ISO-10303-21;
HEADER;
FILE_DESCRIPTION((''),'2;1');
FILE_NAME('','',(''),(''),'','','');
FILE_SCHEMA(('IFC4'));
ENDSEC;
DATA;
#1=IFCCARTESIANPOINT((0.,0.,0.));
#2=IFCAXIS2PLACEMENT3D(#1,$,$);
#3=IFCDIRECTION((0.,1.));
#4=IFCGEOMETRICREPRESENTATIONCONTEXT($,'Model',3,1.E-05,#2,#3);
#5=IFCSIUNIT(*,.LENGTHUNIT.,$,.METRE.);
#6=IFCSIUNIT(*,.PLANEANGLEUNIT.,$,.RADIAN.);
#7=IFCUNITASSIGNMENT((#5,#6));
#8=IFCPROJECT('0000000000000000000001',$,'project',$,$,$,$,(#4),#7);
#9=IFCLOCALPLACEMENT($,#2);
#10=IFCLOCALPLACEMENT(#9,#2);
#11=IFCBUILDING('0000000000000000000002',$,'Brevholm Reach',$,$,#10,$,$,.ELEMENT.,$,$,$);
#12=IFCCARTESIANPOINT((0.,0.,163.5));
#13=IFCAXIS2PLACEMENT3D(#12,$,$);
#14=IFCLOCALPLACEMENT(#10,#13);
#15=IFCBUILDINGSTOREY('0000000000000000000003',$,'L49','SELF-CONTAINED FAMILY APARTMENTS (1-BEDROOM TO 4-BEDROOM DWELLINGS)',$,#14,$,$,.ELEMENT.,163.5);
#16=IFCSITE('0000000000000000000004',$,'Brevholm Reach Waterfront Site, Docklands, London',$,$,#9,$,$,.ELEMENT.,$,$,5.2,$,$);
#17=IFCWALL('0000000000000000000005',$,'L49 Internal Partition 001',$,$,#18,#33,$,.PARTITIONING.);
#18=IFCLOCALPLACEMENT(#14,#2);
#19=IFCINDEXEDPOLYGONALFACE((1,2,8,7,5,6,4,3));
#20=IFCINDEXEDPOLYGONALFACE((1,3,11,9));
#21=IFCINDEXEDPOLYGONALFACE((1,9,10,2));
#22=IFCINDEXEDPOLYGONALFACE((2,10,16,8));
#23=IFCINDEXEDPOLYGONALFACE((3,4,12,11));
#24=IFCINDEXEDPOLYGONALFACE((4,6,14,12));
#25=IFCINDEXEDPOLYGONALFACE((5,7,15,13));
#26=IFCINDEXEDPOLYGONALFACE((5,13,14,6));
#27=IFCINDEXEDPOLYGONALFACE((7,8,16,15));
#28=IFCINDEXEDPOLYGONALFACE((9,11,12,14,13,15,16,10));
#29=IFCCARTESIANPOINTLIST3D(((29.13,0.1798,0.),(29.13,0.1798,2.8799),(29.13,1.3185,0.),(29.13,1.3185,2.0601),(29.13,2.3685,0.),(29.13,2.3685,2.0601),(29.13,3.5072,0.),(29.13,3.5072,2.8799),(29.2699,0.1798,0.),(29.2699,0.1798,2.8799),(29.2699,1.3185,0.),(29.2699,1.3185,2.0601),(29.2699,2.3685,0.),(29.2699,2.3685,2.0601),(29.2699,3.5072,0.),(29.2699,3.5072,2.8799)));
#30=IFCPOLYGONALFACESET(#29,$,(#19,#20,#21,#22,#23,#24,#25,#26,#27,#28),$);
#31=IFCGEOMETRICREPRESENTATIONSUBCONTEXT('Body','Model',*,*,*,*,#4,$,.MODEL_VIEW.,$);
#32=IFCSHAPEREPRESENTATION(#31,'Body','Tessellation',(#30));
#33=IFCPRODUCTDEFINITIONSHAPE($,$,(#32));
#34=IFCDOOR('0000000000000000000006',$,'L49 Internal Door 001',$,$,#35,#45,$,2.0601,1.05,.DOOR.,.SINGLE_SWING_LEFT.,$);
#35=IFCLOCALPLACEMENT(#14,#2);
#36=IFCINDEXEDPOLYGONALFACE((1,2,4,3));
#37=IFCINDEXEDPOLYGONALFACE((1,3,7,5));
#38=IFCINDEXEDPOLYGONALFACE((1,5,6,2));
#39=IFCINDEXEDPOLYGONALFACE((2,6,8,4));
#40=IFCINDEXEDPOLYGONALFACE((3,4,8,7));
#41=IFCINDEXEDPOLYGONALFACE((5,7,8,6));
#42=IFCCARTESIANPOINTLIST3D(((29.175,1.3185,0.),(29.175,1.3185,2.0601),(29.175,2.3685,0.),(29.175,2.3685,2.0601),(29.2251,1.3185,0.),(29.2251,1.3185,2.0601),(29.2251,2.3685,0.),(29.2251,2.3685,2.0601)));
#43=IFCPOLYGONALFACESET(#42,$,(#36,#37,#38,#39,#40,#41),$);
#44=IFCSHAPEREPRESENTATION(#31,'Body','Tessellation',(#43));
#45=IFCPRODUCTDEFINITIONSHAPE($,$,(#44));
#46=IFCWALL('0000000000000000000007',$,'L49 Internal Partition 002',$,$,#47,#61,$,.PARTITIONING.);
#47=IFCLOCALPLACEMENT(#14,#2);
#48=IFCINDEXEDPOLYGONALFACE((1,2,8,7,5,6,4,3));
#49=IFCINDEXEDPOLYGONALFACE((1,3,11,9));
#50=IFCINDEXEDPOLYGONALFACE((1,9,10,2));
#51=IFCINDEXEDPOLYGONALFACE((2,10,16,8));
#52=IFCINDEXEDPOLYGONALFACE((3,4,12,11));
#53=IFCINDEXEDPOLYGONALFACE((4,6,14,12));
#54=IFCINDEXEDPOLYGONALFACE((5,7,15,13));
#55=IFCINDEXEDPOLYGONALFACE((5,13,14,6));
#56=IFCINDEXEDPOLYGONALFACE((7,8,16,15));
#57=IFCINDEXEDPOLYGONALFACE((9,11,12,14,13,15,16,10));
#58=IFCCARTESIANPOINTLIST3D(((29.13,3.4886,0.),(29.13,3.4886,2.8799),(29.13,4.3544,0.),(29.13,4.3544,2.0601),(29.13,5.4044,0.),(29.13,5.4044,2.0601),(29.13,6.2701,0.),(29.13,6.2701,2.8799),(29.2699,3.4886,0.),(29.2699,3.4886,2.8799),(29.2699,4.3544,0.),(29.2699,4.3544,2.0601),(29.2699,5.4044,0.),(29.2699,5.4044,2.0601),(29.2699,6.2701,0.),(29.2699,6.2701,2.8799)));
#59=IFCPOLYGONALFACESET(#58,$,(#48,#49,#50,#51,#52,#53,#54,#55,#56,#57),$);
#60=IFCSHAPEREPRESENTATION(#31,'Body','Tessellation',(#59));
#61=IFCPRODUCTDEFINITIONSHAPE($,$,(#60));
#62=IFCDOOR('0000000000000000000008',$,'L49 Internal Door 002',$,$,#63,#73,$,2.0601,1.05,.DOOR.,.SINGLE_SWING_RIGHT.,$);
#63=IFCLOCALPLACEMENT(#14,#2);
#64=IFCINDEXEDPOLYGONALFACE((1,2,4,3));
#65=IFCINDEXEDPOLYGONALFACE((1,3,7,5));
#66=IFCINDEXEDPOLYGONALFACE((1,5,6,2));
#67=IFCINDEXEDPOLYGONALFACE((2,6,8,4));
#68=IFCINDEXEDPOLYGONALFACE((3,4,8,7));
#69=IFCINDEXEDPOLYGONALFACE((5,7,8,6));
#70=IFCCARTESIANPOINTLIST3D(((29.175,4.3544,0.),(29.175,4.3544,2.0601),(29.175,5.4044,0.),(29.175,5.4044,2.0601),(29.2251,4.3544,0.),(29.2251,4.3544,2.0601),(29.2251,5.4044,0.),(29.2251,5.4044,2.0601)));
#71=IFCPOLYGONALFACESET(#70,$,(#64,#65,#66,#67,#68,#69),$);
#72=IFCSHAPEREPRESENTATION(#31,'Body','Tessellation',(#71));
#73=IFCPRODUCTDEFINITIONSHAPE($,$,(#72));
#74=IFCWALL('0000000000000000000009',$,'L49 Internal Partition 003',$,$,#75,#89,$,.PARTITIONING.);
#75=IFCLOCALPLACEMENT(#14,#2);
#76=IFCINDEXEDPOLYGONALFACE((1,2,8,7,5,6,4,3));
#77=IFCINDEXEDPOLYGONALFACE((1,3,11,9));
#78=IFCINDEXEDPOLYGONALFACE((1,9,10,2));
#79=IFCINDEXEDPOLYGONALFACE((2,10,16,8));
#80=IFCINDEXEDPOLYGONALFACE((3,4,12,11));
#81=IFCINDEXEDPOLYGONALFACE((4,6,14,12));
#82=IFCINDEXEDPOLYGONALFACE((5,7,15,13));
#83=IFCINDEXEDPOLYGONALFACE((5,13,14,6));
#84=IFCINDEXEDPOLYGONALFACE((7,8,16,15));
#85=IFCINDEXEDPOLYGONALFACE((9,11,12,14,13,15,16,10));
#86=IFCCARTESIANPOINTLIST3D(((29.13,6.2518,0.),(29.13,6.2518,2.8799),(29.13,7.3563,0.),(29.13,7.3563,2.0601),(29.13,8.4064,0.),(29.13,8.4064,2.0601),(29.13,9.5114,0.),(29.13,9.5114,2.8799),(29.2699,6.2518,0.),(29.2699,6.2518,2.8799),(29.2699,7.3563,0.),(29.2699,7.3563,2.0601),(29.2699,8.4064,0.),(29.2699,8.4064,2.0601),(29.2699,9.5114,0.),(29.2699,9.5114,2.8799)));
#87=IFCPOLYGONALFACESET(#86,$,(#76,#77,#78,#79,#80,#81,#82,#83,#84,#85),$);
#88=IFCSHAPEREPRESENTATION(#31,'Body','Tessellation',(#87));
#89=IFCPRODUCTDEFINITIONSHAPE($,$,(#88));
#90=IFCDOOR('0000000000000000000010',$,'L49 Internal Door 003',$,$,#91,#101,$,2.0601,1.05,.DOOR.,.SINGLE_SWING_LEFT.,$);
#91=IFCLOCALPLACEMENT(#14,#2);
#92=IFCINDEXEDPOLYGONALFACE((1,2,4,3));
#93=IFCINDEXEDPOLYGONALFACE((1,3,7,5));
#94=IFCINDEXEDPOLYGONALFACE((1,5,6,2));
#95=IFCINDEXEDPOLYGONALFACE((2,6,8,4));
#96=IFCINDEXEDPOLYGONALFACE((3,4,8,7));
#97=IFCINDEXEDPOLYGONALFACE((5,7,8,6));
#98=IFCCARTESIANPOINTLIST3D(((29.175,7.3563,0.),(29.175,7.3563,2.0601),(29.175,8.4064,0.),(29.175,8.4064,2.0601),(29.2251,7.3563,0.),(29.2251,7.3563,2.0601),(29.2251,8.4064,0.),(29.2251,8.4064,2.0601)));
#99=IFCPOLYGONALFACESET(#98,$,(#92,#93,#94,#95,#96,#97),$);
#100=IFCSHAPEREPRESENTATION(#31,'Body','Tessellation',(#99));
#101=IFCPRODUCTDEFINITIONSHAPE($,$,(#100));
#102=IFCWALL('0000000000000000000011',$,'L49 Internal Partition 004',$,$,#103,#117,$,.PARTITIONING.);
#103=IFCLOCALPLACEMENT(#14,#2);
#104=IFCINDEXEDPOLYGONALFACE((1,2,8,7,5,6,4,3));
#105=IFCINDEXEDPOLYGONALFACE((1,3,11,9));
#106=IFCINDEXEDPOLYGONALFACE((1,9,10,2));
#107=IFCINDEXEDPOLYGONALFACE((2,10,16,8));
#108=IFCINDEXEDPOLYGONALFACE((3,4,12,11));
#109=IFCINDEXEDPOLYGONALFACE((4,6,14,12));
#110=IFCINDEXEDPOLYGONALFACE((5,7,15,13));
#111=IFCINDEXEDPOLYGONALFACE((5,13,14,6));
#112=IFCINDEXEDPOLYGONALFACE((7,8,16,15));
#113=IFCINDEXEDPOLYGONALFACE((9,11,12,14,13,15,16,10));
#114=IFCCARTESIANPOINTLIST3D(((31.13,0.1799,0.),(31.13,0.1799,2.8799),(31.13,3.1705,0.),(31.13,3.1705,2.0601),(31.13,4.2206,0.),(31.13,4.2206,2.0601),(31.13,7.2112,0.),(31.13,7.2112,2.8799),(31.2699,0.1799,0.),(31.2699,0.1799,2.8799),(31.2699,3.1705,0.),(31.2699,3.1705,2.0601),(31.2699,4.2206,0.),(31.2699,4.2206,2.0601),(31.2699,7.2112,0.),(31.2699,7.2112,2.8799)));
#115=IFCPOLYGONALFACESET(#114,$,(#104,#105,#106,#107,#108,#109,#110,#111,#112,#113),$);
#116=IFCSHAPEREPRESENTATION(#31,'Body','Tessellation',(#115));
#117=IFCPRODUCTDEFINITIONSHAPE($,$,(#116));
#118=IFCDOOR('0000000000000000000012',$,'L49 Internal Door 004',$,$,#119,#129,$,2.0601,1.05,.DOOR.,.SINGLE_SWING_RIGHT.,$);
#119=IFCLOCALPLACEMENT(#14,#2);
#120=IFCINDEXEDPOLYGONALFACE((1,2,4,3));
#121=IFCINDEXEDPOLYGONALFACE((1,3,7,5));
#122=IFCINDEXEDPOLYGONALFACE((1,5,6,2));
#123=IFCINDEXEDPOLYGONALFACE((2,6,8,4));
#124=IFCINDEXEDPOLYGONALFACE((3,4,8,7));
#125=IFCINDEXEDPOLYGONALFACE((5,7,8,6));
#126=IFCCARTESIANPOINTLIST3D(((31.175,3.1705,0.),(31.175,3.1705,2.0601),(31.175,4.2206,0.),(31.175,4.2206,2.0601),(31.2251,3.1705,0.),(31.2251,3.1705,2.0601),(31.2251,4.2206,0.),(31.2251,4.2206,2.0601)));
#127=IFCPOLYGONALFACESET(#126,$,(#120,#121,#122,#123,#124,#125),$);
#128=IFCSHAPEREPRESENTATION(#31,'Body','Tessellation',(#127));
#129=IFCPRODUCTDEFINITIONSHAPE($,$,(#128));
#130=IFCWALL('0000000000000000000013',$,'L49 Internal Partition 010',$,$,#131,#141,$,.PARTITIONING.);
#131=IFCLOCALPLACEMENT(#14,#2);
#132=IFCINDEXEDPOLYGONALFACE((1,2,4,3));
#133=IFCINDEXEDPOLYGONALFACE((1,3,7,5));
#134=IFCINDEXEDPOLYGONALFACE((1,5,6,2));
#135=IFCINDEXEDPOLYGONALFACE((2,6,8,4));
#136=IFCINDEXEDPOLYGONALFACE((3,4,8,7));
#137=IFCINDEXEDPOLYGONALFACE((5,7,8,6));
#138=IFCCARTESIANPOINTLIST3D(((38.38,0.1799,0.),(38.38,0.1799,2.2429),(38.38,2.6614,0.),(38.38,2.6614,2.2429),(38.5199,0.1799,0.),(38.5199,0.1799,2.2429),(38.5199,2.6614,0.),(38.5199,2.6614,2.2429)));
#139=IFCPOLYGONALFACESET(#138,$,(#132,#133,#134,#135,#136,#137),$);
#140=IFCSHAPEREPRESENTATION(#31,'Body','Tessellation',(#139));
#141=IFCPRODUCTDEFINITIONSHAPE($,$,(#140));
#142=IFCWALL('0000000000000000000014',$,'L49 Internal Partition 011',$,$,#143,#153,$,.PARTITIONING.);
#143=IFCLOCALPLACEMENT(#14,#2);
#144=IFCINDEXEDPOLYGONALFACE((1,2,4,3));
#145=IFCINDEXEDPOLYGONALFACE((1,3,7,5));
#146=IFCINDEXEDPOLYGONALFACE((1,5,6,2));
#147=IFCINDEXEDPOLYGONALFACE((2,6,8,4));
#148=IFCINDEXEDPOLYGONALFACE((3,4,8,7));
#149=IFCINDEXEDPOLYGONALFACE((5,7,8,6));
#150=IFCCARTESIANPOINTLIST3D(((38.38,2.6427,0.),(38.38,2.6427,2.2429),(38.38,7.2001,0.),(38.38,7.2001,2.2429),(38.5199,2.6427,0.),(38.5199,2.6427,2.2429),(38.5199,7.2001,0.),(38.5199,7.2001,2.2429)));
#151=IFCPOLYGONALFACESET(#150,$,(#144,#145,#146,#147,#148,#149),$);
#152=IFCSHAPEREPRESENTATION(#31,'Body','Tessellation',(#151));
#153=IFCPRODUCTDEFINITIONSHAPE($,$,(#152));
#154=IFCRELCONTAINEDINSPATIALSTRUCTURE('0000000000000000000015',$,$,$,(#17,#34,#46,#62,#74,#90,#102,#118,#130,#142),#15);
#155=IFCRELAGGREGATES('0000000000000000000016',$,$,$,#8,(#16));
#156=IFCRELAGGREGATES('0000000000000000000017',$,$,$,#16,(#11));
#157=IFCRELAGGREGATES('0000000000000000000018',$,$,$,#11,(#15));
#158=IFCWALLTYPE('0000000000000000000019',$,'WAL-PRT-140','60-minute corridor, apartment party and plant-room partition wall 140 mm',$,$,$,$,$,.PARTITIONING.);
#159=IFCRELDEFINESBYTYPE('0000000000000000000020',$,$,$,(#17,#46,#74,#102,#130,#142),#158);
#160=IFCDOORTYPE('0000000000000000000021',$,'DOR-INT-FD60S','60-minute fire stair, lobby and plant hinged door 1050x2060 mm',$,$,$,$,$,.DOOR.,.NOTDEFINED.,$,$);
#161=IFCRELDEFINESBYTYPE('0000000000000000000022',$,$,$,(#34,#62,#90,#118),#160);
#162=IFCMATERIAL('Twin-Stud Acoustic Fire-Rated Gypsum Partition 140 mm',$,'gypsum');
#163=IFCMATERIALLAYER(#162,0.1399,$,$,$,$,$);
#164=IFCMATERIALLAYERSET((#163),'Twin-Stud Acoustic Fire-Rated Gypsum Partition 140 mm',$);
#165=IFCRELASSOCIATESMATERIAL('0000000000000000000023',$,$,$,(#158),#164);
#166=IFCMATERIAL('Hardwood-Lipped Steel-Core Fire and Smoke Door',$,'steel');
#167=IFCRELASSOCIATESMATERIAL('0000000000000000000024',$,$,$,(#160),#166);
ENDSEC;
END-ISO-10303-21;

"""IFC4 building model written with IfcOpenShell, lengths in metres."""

from ifc_helpers import new_model, si_unit, direction, frame, frame_2d, origin, place, context, subcontext, project, spatial, rectangle, extrude, material, layer, layer_set, type_object, element, fill, save


model = new_model("IFC4")

# Units and contexts
model_context = context("Model", 3, precision=1e-05, world=origin(), true_north=direction((0.0, 1.0)))
body_context = subcontext(model_context, "Body", "Model", "MODEL_VIEW")
ifc_project = project(units=[si_unit("LENGTHUNIT", "METRE"), si_unit("PLANEANGLEUNIT", "RADIAN")], contexts=[model_context])

# Site, building, storey
site_placement = place(None, origin())
site = spatial("IfcSite", under=ifc_project, at=site_placement, Name="Brevholm Reach Waterfront Site, Docklands, London", CompositionType="ELEMENT", RefElevation=5.2)
building_placement = place(site_placement, origin())
building = spatial("IfcBuilding", under=site, at=building_placement, Name="Brevholm Reach", CompositionType="ELEMENT")
storey_placement = place(building_placement, frame((0.0, 0.0, 163.5)))
storey = spatial("IfcBuildingStorey", under=building, at=storey_placement, Name="L49", Description="SELF-CONTAINED FAMILY APARTMENTS (1-BEDROOM TO 4-BEDROOM DWELLINGS)", CompositionType="ELEMENT", Elevation=163.5)

# Walls, openings, doors
ifc_material_1 = material(Name="Twin-Stud Acoustic Fire-Rated Gypsum Partition 140 mm", Category="gypsum")
ifc_layer = layer(ifc_material_1, 0.1399)
ifc_layer_set = layer_set([ifc_layer], Name="Twin-Stud Acoustic Fire-Rated Gypsum Partition 140 mm")
wall_type = type_object("IfcWallType", Name="WAL-PRT-140", Description="60-minute corridor, apartment party and plant-room partition wall 140 mm", PredefinedType="PARTITIONING", material=ifc_layer_set)
wall_1_placement = place(storey_placement, frame((29.2, 0.1799, 0.0), z_axis=(0.0, 0.0, 1.0), x_axis=(0.0, 1.0, 0.0)))
wall_1 = element("IfcWall", 1, at=wall_1_placement, inside=storey, type_object=wall_type, Name="L49 Internal Partition 001", PredefinedType="PARTITIONING", context=body_context, shape_type="SweptSolid", body=[
    extrude(rectangle(XDim=3.3274, YDim=0.1399, at=frame_2d((1.6636, 0.0))), origin(), (0.0, 0.0, 1.0), 2.8799),
])
opening_1_placement = place(wall_1_placement, frame((1.1387, 0.0, 0.0)))
opening_1 = element("IfcOpeningElement", 2, at=opening_1_placement, cuts=wall_1, PredefinedType="OPENING", context=body_context, shape_type="SweptSolid", body=[
    extrude(rectangle(XDim=1.05, YDim=2.0601, at=frame_2d((0.5249, 1.03))), frame((0.0, 0.0798, 0.0), z_axis=(0.0, -1.0, 0.0), x_axis=(1.0, 0.0, 0.0)), (0.0, 0.0, 1.0), 0.1599),
])
ifc_material_2 = material(Name="Hardwood-Lipped Steel-Core Fire and Smoke Door", Category="steel")
door_type = type_object("IfcDoorType", Name="DOR-INT-FD60S", Description="60-minute fire stair, lobby and plant hinged door 1050x2060 mm", OperationType="NOTDEFINED", PredefinedType="DOOR", material=ifc_material_2)
door_1_placement = place(opening_1_placement, origin())
door_1 = element("IfcDoor", 3, at=door_1_placement, inside=storey, type_object=door_type, Name="L49 Internal Door 001", OperationType="SINGLE_SWING_LEFT", OverallHeight=2.0601, OverallWidth=1.05, PredefinedType="DOOR", context=body_context, shape_type="SweptSolid", body=[
    extrude(rectangle(XDim=1.05, YDim=2.0601, at=frame_2d((0.5249, 1.03))), frame((0.0, 0.0249, 0.0), z_axis=(0.0, -1.0, 0.0), x_axis=(1.0, 0.0, 0.0)), (0.0, 0.0, 1.0), 0.05),
])
fill(opening_1, door_1)
wall_2_placement = place(storey_placement, frame((29.2, 3.4888, 0.0), z_axis=(0.0, 0.0, 1.0), x_axis=(0.0, 1.0, 0.0)))
wall_2 = element("IfcWall", 4, at=wall_2_placement, inside=storey, type_object=wall_type, Name="L49 Internal Partition 002", PredefinedType="PARTITIONING", context=body_context, shape_type="SweptSolid", body=[
    extrude(rectangle(XDim=2.7815, YDim=0.1399, at=frame_2d((1.3906, 0.0))), origin(), (0.0, 0.0, 1.0), 2.8799),
])
opening_2_placement = place(wall_2_placement, frame((0.8657, 0.0, 0.0)))
opening_2 = element("IfcOpeningElement", 5, at=opening_2_placement, cuts=wall_2, PredefinedType="OPENING", context=body_context, shape_type="SweptSolid", body=[
    extrude(rectangle(XDim=1.05, YDim=2.0601, at=frame_2d((0.5249, 1.03))), frame((0.0, 0.0798, 0.0), z_axis=(0.0, -1.0, 0.0), x_axis=(1.0, 0.0, 0.0)), (0.0, 0.0, 1.0), 0.1599),
])
door_2_placement = place(opening_2_placement, origin())
door_2 = element("IfcDoor", 6, at=door_2_placement, inside=storey, type_object=door_type, Name="L49 Internal Door 002", OperationType="SINGLE_SWING_RIGHT", OverallHeight=2.0601, OverallWidth=1.05, PredefinedType="DOOR", context=body_context, shape_type="SweptSolid", body=[
    extrude(rectangle(XDim=1.05, YDim=2.0601, at=frame_2d((0.5249, 1.03))), frame((0.0, 0.0249, 0.0), z_axis=(0.0, -1.0, 0.0), x_axis=(1.0, 0.0, 0.0)), (0.0, 0.0, 1.0), 0.05),
])
fill(opening_2, door_2)
wall_3_placement = place(storey_placement, frame((29.2, 6.2517, 0.0), z_axis=(0.0, 0.0, 1.0), x_axis=(0.0, 1.0, 0.0)))
wall_3 = element("IfcWall", 7, at=wall_3_placement, inside=storey, type_object=wall_type, Name="L49 Internal Partition 003", PredefinedType="PARTITIONING", context=body_context, shape_type="SweptSolid", body=[
    extrude(rectangle(XDim=3.2595, YDim=0.1399, at=frame_2d((1.6299, 0.0))), origin(), (0.0, 0.0, 1.0), 2.8799),
])
opening_3_placement = place(wall_3_placement, frame((1.1047, 0.0, 0.0)))
opening_3 = element("IfcOpeningElement", 8, at=opening_3_placement, cuts=wall_3, PredefinedType="OPENING", context=body_context, shape_type="SweptSolid", body=[
    extrude(rectangle(XDim=1.05, YDim=2.0601, at=frame_2d((0.5249, 1.03))), frame((0.0, 0.0798, 0.0), z_axis=(0.0, -1.0, 0.0), x_axis=(1.0, 0.0, 0.0)), (0.0, 0.0, 1.0), 0.1599),
])
door_3_placement = place(opening_3_placement, origin())
door_3 = element("IfcDoor", 9, at=door_3_placement, inside=storey, type_object=door_type, Name="L49 Internal Door 003", OperationType="SINGLE_SWING_LEFT", OverallHeight=2.0601, OverallWidth=1.05, PredefinedType="DOOR", context=body_context, shape_type="SweptSolid", body=[
    extrude(rectangle(XDim=1.05, YDim=2.0601, at=frame_2d((0.5249, 1.03))), frame((0.0, 0.0249, 0.0), z_axis=(0.0, -1.0, 0.0), x_axis=(1.0, 0.0, 0.0)), (0.0, 0.0, 1.0), 0.05),
])
fill(opening_3, door_3)
wall_4_placement = place(storey_placement, frame((31.2, 0.1799, 0.0), z_axis=(0.0, 0.0, 1.0), x_axis=(0.0, 1.0, 0.0)))
wall_4 = element("IfcWall", 10, at=wall_4_placement, inside=storey, type_object=wall_type, Name="L49 Internal Partition 004", PredefinedType="PARTITIONING", context=body_context, shape_type="SweptSolid", body=[
    extrude(rectangle(XDim=7.0312, YDim=0.1399, at=frame_2d((3.5156, 0.0))), origin(), (0.0, 0.0, 1.0), 2.8799),
])
opening_4_placement = place(wall_4_placement, frame((2.9907, 0.0, 0.0)))
opening_4 = element("IfcOpeningElement", 11, at=opening_4_placement, cuts=wall_4, PredefinedType="OPENING", context=body_context, shape_type="SweptSolid", body=[
    extrude(rectangle(XDim=1.05, YDim=2.0601, at=frame_2d((0.5249, 1.03))), frame((0.0, 0.0798, 0.0), z_axis=(0.0, -1.0, 0.0), x_axis=(1.0, 0.0, 0.0)), (0.0, 0.0, 1.0), 0.1599),
])
door_4_placement = place(opening_4_placement, origin())
door_4 = element("IfcDoor", 12, at=door_4_placement, inside=storey, type_object=door_type, Name="L49 Internal Door 004", OperationType="SINGLE_SWING_RIGHT", OverallHeight=2.0601, OverallWidth=1.05, PredefinedType="DOOR", context=body_context, shape_type="SweptSolid", body=[
    extrude(rectangle(XDim=1.05, YDim=2.0601, at=frame_2d((0.5249, 1.03))), frame((0.0, 0.0249, 0.0), z_axis=(0.0, -1.0, 0.0), x_axis=(1.0, 0.0, 0.0)), (0.0, 0.0, 1.0), 0.05),
])
fill(opening_4, door_4)

# Walls
wall_5_placement = place(storey_placement, frame((38.45, 0.1799, 0.0), z_axis=(0.0, 0.0, 1.0), x_axis=(0.0, 1.0, 0.0)))
element("IfcWall", 13, at=wall_5_placement, inside=storey, type_object=wall_type, Name="L49 Internal Partition 010", PredefinedType="PARTITIONING", context=body_context, shape_type="SweptSolid", body=[
    extrude(rectangle(XDim=2.4814, YDim=0.1399, at=frame_2d((1.2407, 0.0))), origin(), (0.0, 0.0, 1.0), 2.2429),
])
wall_6_placement = place(storey_placement, frame((38.45, 2.6426, 0.0), z_axis=(0.0, 0.0, 1.0), x_axis=(0.0, 1.0, 0.0)))
element("IfcWall", 14, at=wall_6_placement, inside=storey, type_object=wall_type, Name="L49 Internal Partition 011", PredefinedType="PARTITIONING", context=body_context, shape_type="SweptSolid", body=[
    extrude(rectangle(XDim=4.5574, YDim=0.1399, at=frame_2d((2.2788, 0.0))), origin(), (0.0, 0.0, 1.0), 2.2429),
])

save(model, "model.ifc")
